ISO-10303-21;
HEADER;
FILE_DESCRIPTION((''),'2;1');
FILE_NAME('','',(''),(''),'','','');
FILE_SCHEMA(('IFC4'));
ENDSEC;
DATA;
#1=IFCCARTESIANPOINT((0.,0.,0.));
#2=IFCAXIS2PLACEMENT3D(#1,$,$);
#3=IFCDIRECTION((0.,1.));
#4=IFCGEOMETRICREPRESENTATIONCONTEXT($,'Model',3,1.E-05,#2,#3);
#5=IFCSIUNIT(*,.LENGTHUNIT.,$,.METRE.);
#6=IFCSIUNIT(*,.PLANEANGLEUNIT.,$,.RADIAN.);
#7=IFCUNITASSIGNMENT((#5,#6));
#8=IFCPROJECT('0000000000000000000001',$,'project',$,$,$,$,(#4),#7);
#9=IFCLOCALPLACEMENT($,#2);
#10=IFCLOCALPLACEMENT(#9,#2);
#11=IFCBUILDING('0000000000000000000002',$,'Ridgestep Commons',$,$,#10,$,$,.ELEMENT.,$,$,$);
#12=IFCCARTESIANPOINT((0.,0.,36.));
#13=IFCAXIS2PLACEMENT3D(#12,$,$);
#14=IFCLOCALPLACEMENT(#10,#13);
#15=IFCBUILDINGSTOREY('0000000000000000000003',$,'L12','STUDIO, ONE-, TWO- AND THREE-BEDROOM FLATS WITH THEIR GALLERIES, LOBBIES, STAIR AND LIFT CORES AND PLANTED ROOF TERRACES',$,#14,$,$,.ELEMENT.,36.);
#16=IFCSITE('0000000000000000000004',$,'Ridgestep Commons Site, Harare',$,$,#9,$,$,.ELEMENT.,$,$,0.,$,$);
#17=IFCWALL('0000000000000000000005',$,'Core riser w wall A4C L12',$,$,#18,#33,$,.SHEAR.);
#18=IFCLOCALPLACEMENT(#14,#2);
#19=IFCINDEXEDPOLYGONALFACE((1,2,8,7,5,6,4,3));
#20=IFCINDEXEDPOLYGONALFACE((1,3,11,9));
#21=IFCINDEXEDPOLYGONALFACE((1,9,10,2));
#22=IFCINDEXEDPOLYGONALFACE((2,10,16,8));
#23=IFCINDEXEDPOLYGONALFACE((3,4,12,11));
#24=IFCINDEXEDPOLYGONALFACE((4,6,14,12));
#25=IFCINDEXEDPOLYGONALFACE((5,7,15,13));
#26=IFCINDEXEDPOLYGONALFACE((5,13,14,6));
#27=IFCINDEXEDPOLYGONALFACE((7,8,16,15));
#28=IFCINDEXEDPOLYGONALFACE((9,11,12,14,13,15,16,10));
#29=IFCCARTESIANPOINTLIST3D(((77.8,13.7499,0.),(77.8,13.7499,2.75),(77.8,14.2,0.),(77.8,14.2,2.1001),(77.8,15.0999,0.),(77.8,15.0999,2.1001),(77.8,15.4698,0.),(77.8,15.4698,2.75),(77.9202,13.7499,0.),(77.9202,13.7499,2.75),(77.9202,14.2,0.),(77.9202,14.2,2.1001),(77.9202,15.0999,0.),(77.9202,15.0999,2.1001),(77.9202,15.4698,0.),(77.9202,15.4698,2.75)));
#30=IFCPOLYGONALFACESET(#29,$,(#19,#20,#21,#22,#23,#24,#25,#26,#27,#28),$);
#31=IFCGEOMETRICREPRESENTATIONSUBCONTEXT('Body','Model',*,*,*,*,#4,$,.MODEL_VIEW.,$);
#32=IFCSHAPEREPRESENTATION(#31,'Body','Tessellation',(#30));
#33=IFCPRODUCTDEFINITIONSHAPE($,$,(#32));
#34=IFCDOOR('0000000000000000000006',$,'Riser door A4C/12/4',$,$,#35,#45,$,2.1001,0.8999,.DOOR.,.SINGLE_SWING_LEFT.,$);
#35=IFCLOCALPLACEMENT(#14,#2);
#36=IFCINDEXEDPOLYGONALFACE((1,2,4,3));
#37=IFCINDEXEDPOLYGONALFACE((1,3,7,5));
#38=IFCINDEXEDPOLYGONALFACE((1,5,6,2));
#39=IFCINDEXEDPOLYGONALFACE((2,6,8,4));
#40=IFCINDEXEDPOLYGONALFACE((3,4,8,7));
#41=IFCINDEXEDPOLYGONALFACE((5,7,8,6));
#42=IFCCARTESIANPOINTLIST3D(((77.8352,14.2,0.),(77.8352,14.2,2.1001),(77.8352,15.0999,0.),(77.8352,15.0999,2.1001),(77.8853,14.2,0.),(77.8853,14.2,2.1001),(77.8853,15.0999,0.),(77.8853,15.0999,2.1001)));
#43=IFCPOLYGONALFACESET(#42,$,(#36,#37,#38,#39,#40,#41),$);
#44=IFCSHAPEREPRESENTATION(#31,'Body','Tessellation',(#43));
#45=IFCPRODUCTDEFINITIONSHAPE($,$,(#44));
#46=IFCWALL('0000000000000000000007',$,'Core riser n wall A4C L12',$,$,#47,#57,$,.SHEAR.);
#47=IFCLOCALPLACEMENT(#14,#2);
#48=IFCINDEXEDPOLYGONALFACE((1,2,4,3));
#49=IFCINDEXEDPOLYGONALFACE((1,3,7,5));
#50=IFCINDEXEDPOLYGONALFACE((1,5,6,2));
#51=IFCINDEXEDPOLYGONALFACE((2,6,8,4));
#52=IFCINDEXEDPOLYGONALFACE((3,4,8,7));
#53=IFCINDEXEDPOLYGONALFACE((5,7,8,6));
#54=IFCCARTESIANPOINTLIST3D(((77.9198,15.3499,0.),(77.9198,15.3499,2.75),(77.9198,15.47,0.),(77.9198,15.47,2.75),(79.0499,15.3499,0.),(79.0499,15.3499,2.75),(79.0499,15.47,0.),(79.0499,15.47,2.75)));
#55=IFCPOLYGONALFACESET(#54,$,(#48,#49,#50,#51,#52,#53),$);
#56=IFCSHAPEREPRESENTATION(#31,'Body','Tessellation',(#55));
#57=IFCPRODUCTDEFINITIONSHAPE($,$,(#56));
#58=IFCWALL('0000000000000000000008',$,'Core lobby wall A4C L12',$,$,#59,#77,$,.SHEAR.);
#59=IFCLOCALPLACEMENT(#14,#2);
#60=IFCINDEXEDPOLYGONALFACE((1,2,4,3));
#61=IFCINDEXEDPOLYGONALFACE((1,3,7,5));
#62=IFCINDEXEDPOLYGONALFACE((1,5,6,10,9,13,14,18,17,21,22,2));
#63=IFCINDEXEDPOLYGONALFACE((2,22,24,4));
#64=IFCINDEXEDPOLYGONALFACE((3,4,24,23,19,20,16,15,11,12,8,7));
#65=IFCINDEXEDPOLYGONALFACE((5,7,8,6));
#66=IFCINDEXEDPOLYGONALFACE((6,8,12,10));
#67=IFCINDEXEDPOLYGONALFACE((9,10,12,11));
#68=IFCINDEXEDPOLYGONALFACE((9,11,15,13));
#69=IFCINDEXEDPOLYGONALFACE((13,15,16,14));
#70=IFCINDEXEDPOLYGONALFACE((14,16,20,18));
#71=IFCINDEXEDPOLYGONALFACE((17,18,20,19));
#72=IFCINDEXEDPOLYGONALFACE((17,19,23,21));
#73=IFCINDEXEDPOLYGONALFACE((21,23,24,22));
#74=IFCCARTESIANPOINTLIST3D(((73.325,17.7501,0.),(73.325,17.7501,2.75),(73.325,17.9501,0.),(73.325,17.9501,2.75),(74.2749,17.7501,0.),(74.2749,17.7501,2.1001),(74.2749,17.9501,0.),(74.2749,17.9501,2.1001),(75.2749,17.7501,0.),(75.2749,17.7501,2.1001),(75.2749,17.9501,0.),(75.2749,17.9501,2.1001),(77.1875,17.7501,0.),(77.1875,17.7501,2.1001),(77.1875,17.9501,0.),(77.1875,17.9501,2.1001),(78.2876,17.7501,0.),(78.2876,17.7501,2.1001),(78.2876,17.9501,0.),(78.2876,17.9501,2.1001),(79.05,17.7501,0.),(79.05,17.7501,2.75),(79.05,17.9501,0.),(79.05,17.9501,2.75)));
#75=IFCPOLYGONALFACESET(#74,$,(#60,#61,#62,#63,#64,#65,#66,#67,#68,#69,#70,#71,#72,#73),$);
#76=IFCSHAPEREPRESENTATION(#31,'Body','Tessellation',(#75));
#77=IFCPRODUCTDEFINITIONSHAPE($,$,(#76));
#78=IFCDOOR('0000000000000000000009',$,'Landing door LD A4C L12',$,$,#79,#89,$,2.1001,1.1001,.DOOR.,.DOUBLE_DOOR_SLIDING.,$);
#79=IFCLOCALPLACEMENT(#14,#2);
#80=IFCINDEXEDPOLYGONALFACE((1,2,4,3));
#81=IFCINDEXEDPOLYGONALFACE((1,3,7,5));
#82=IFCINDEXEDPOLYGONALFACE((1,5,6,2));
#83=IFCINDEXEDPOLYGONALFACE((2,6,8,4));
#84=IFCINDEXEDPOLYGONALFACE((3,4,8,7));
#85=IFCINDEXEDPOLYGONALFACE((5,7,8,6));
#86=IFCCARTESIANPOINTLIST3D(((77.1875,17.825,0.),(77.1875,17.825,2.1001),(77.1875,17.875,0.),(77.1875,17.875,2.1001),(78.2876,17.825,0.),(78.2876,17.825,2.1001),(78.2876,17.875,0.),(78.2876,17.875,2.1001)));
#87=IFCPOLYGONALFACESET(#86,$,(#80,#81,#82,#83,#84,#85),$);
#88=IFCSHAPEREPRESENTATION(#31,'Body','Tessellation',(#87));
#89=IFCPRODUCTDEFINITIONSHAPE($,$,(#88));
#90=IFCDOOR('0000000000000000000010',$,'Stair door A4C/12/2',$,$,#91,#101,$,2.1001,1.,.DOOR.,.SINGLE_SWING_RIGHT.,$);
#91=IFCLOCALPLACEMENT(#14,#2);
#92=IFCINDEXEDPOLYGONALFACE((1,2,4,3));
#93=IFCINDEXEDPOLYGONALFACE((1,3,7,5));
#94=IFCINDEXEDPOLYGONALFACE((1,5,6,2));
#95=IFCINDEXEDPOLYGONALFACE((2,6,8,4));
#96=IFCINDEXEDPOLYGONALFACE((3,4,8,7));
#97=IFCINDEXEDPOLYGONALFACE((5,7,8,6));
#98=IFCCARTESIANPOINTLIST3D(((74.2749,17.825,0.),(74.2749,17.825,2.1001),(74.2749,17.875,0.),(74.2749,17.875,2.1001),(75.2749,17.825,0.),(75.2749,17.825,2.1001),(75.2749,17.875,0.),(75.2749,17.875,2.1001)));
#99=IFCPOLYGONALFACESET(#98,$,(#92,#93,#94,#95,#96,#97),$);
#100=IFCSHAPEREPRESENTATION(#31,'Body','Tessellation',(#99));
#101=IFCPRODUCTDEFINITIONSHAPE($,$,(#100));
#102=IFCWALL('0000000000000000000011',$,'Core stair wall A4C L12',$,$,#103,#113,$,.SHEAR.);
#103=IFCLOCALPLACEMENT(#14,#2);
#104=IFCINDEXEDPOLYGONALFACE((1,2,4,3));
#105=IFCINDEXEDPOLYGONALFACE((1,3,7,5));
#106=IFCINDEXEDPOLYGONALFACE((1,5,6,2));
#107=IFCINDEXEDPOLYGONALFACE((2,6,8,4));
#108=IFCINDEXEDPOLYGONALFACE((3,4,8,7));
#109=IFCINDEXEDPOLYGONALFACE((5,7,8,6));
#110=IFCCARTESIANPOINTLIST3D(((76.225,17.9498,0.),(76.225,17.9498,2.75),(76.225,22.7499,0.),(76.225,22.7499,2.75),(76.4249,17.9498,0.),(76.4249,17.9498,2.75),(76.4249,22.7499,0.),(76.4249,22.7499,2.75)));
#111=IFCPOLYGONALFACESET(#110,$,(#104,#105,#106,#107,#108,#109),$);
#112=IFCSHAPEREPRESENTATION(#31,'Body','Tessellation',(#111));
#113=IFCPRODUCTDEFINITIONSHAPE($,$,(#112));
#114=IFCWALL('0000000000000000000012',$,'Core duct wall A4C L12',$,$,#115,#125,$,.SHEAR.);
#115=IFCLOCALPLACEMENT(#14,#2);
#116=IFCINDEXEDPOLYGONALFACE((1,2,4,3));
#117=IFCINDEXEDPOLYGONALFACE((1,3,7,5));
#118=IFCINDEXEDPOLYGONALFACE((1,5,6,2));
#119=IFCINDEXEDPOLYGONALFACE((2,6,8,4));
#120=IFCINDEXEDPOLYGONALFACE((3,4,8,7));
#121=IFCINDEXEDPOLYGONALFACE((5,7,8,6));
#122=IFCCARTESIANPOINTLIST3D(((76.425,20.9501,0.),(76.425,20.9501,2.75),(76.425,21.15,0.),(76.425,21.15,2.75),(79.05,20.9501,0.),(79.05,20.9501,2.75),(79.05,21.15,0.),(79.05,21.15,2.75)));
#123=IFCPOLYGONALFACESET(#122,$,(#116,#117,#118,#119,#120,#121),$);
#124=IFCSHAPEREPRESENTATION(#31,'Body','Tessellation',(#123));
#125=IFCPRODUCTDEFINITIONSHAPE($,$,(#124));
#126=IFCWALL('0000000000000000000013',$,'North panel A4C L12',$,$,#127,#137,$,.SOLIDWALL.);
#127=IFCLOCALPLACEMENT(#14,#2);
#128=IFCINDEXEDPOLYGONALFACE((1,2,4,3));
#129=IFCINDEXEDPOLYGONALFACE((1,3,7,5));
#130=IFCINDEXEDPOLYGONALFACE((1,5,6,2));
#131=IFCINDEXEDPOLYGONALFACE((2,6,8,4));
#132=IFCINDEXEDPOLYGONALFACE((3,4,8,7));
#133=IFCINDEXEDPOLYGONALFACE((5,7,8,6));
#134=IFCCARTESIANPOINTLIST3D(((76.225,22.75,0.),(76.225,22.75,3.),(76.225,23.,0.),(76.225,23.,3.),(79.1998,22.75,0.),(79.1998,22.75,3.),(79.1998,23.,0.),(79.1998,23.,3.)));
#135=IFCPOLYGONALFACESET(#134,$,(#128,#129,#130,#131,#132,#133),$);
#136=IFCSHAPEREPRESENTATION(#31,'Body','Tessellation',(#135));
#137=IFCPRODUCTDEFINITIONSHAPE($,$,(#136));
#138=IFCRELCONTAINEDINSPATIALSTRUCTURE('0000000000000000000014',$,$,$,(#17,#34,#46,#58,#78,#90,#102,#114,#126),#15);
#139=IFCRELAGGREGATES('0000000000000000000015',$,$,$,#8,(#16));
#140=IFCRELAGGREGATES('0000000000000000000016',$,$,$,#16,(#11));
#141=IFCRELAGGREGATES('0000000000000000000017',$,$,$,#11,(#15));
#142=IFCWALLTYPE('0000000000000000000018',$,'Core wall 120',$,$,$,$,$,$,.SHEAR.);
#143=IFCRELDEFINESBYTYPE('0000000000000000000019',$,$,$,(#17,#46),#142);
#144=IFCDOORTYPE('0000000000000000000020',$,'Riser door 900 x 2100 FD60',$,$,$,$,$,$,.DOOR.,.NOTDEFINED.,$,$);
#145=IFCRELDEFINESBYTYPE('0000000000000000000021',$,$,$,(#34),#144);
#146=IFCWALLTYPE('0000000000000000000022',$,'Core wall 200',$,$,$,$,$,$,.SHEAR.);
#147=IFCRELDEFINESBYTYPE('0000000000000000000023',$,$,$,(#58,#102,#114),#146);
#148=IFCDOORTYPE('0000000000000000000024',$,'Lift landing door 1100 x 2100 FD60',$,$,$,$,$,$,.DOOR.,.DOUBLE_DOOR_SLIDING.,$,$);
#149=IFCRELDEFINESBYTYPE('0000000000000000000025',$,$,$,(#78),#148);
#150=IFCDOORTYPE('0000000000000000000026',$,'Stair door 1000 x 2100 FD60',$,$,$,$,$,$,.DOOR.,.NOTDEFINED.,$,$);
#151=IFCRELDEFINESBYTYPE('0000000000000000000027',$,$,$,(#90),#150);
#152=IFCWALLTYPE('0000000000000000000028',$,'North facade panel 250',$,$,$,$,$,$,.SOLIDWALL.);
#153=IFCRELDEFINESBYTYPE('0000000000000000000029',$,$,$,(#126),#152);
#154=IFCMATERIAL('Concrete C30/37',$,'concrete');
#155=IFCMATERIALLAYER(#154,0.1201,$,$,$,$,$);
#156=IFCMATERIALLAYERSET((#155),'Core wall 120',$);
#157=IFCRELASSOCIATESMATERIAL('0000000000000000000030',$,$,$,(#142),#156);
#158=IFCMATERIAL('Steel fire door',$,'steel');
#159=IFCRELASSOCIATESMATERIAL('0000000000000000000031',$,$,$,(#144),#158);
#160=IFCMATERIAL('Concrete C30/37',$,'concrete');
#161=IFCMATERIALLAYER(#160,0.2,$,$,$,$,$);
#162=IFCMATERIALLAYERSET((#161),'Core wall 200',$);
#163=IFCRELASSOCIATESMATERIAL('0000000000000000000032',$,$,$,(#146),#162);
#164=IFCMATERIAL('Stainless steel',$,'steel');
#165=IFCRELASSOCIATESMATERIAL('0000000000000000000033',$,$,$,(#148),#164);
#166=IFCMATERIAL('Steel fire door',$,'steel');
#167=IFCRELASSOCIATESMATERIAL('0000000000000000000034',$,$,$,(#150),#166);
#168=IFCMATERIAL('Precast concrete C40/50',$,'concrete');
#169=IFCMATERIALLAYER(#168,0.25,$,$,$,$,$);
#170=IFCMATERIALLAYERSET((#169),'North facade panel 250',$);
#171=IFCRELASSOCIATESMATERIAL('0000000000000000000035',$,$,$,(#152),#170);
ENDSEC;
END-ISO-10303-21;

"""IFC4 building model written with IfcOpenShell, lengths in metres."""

from ifc_helpers import new_model, si_unit, direction, frame, frame_2d, origin, place, context, subcontext, project, spatial, rectangle, extrude, material, layer, layer_set, type_object, element, fill, save


model = new_model("IFC4")

# Units and contexts
model_context = context("Model", 3, precision=1e-05, world=origin(), true_north=direction((0.0, 1.0)))
body_context = subcontext(model_context, "Body", "Model", "MODEL_VIEW")
ifc_project = project(units=[si_unit("LENGTHUNIT", "METRE"), si_unit("PLANEANGLEUNIT", "RADIAN")], contexts=[model_context])

# Site, building, storey
site_placement = place(None, origin())
site = spatial("IfcSite", under=ifc_project, at=site_placement, Name="Ridgestep Commons Site, Harare", CompositionType="ELEMENT", RefElevation=0.0)
building_placement = place(site_placement, origin())
building = spatial("IfcBuilding", under=site, at=building_placement, Name="Ridgestep Commons", CompositionType="ELEMENT")
storey_placement = place(building_placement, frame((0.0, 0.0, 36.0)))
storey = spatial("IfcBuildingStorey", under=building, at=storey_placement, Name="L12", Description="STUDIO, ONE-, TWO- AND THREE-BEDROOM FLATS WITH THEIR GALLERIES, LOBBIES, STAIR AND LIFT CORES AND PLANTED ROOF TERRACES", CompositionType="ELEMENT", Elevation=36.0)

# Wall, opening, door
ifc_material_1 = material(Name="Concrete C30/37", Category="concrete")
ifc_layer_1 = layer(ifc_material_1, 0.1201)
ifc_layer_set_1 = layer_set([ifc_layer_1], Name="Core wall 120")
wall_type_1 = type_object("IfcWallType", Name="Core wall 120", PredefinedType="SHEAR", material=ifc_layer_set_1)
wall_1_placement = place(storey_placement, frame((77.8601, 13.75, 0.0), z_axis=(0.0, 0.0, 1.0), x_axis=(0.0, 1.0, 0.0)))
wall_1 = element("IfcWall", 1, at=wall_1_placement, inside=storey, type_object=wall_type_1, Name="Core riser w wall A4C L12", PredefinedType="SHEAR", context=body_context, shape_type="SweptSolid", body=[
    extrude(rectangle(XDim=1.72, YDim=0.1201, at=frame_2d((0.8599, 0.0))), origin(), (0.0, 0.0, 1.0), 2.75),
])
opening_1_placement = place(wall_1_placement, frame((0.45, 0.0, 0.0)))
opening_1 = element("IfcOpeningElement", 2, at=opening_1_placement, cuts=wall_1, PredefinedType="OPENING", context=body_context, shape_type="SweptSolid", body=[
    extrude(rectangle(XDim=0.8999, YDim=2.1001, at=frame_2d((0.45, 1.05))), frame((0.0, 0.0701, 0.0), z_axis=(0.0, -1.0, 0.0), x_axis=(1.0, 0.0, 0.0)), (0.0, 0.0, 1.0), 0.1401),
])
ifc_material_2 = material(Name="Steel fire door", Category="steel")
door_type_1 = type_object("IfcDoorType", Name="Riser door 900 x 2100 FD60", OperationType="NOTDEFINED", PredefinedType="DOOR", material=ifc_material_2)
door_1_placement = place(opening_1_placement, origin())
door_1 = element("IfcDoor", 3, at=door_1_placement, inside=storey, type_object=door_type_1, Name="Riser door A4C/12/4", OperationType="SINGLE_SWING_LEFT", OverallHeight=2.1001, OverallWidth=0.8999, PredefinedType="DOOR", context=body_context, shape_type="SweptSolid", body=[
    extrude(rectangle(XDim=0.8999, YDim=2.1001, at=frame_2d((0.45, 1.05))), frame((0.0, 0.0249, 0.0), z_axis=(0.0, -1.0, 0.0), x_axis=(1.0, 0.0, 0.0)), (0.0, 0.0, 1.0), 0.05),
])
fill(opening_1, door_1)

# Wall
wall_2_placement = place(storey_placement, frame((77.9199, 15.4099, 0.0), z_axis=(0.0, 0.0, 1.0), x_axis=(1.0, 0.0, 0.0)))
element("IfcWall", 4, at=wall_2_placement, inside=storey, type_object=wall_type_1, Name="Core riser n wall A4C L12", PredefinedType="SHEAR", context=body_context, shape_type="SweptSolid", body=[
    extrude(rectangle(XDim=1.1301, YDim=0.1201, at=frame_2d((0.5649, 0.0))), origin(), (0.0, 0.0, 1.0), 2.75),
])

# Wall, openings, doors
ifc_material_3 = material(Name="Concrete C30/37", Category="concrete")
ifc_layer_2 = layer(ifc_material_3, 0.2)
ifc_layer_set_2 = layer_set([ifc_layer_2], Name="Core wall 200")
wall_type_2 = type_object("IfcWallType", Name="Core wall 200", PredefinedType="SHEAR", material=ifc_layer_set_2)
wall_3_placement = place(storey_placement, frame((73.325, 17.8501, 0.0), z_axis=(0.0, 0.0, 1.0), x_axis=(1.0, 0.0, 0.0)))
wall_3 = element("IfcWall", 5, at=wall_3_placement, inside=storey, type_object=wall_type_2, Name="Core lobby wall A4C L12", PredefinedType="SHEAR", context=body_context, shape_type="SweptSolid", body=[
    extrude(rectangle(XDim=5.7251, YDim=0.2, at=frame_2d((2.8625, 0.0))), origin(), (0.0, 0.0, 1.0), 2.75),
])
opening_2_placement = place(wall_3_placement, frame((0.95, 0.0, 0.0)))
opening_2 = element("IfcOpeningElement", 6, at=opening_2_placement, cuts=wall_3, PredefinedType="OPENING", context=body_context, shape_type="SweptSolid", body=[
    extrude(rectangle(XDim=1.0, YDim=2.1001, at=frame_2d((0.5, 1.05))), frame((0.0, 0.1099, 0.0), z_axis=(0.0, -1.0, 0.0), x_axis=(1.0, 0.0, 0.0)), (0.0, 0.0, 1.0), 0.22),
])
opening_3_placement = place(wall_3_placement, frame((3.8625, 0.0, 0.0)))
opening_3 = element("IfcOpeningElement", 7, at=opening_3_placement, cuts=wall_3, PredefinedType="OPENING", context=body_context, shape_type="SweptSolid", body=[
    extrude(rectangle(XDim=1.1001, YDim=2.1001, at=frame_2d((0.55, 1.05))), frame((0.0, 0.1099, 0.0), z_axis=(0.0, -1.0, 0.0), x_axis=(1.0, 0.0, 0.0)), (0.0, 0.0, 1.0), 0.22),
])
ifc_material_4 = material(Name="Stainless steel", Category="steel")
door_type_2 = type_object("IfcDoorType", Name="Lift landing door 1100 x 2100 FD60", OperationType="DOUBLE_DOOR_SLIDING", PredefinedType="DOOR", material=ifc_material_4)
door_2_placement = place(opening_3_placement, origin())
door_2 = element("IfcDoor", 8, at=door_2_placement, inside=storey, type_object=door_type_2, Name="Landing door LD A4C L12", OperationType="DOUBLE_DOOR_SLIDING", OverallHeight=2.1001, OverallWidth=1.1001, PredefinedType="DOOR", context=body_context, shape_type="SweptSolid", body=[
    extrude(rectangle(XDim=1.1001, YDim=2.1001, at=frame_2d((0.55, 1.05))), frame((0.0, 0.0249, 0.0), z_axis=(0.0, -1.0, 0.0), x_axis=(1.0, 0.0, 0.0)), (0.0, 0.0, 1.0), 0.05),
])
fill(opening_3, door_2)
ifc_material_5 = material(Name="Steel fire door", Category="steel")
door_type_3 = type_object("IfcDoorType", Name="Stair door 1000 x 2100 FD60", OperationType="NOTDEFINED", PredefinedType="DOOR", material=ifc_material_5)
door_3_placement = place(opening_2_placement, origin())
door_3 = element("IfcDoor", 9, at=door_3_placement, inside=storey, type_object=door_type_3, Name="Stair door A4C/12/2", OperationType="SINGLE_SWING_RIGHT", OverallHeight=2.1001, OverallWidth=1.0, PredefinedType="DOOR", context=body_context, shape_type="SweptSolid", body=[
    extrude(rectangle(XDim=1.0, YDim=2.1001, at=frame_2d((0.5, 1.05))), frame((0.0, 0.0249, 0.0), z_axis=(0.0, -1.0, 0.0), x_axis=(1.0, 0.0, 0.0)), (0.0, 0.0, 1.0), 0.05),
])
fill(opening_2, door_3)

# Walls
wall_4_placement = place(storey_placement, frame((76.325, 17.95, 0.0), z_axis=(0.0, 0.0, 1.0), x_axis=(0.0, 1.0, 0.0)))
element("IfcWall", 10, at=wall_4_placement, inside=storey, type_object=wall_type_2, Name="Core stair wall A4C L12", PredefinedType="SHEAR", context=body_context, shape_type="SweptSolid", body=[
    extrude(rectangle(XDim=4.8, YDim=0.2, at=frame_2d((2.3999, 0.0))), origin(), (0.0, 0.0, 1.0), 2.75),
])
wall_5_placement = place(storey_placement, frame((76.425, 21.05, 0.0), z_axis=(0.0, 0.0, 1.0), x_axis=(1.0, 0.0, 0.0)))
element("IfcWall", 11, at=wall_5_placement, inside=storey, type_object=wall_type_2, Name="Core duct wall A4C L12", PredefinedType="SHEAR", context=body_context, shape_type="SweptSolid", body=[
    extrude(rectangle(XDim=2.625, YDim=0.2, at=frame_2d((1.3125, 0.0))), origin(), (0.0, 0.0, 1.0), 2.75),
])
ifc_material_6 = material(Name="Precast concrete C40/50", Category="concrete")
ifc_layer_3 = layer(ifc_material_6, 0.25)
ifc_layer_set_3 = layer_set([ifc_layer_3], Name="North facade panel 250")
wall_type_3 = type_object("IfcWallType", Name="North facade panel 250", PredefinedType="SOLIDWALL", material=ifc_layer_set_3)
wall_6_placement = place(storey_placement, frame((76.2251, 22.875, 0.0), z_axis=(0.0, 0.0, 1.0), x_axis=(1.0, 0.0, 0.0)))
element("IfcWall", 12, at=wall_6_placement, inside=storey, type_object=wall_type_3, Name="North panel A4C L12", PredefinedType="SOLIDWALL", context=body_context, shape_type="SweptSolid", body=[
    extrude(rectangle(XDim=2.9749, YDim=0.25, at=frame_2d((1.4873, 0.0))), origin(), (0.0, 0.0, 1.0), 3.0),
])

save(model, "model.ifc")
